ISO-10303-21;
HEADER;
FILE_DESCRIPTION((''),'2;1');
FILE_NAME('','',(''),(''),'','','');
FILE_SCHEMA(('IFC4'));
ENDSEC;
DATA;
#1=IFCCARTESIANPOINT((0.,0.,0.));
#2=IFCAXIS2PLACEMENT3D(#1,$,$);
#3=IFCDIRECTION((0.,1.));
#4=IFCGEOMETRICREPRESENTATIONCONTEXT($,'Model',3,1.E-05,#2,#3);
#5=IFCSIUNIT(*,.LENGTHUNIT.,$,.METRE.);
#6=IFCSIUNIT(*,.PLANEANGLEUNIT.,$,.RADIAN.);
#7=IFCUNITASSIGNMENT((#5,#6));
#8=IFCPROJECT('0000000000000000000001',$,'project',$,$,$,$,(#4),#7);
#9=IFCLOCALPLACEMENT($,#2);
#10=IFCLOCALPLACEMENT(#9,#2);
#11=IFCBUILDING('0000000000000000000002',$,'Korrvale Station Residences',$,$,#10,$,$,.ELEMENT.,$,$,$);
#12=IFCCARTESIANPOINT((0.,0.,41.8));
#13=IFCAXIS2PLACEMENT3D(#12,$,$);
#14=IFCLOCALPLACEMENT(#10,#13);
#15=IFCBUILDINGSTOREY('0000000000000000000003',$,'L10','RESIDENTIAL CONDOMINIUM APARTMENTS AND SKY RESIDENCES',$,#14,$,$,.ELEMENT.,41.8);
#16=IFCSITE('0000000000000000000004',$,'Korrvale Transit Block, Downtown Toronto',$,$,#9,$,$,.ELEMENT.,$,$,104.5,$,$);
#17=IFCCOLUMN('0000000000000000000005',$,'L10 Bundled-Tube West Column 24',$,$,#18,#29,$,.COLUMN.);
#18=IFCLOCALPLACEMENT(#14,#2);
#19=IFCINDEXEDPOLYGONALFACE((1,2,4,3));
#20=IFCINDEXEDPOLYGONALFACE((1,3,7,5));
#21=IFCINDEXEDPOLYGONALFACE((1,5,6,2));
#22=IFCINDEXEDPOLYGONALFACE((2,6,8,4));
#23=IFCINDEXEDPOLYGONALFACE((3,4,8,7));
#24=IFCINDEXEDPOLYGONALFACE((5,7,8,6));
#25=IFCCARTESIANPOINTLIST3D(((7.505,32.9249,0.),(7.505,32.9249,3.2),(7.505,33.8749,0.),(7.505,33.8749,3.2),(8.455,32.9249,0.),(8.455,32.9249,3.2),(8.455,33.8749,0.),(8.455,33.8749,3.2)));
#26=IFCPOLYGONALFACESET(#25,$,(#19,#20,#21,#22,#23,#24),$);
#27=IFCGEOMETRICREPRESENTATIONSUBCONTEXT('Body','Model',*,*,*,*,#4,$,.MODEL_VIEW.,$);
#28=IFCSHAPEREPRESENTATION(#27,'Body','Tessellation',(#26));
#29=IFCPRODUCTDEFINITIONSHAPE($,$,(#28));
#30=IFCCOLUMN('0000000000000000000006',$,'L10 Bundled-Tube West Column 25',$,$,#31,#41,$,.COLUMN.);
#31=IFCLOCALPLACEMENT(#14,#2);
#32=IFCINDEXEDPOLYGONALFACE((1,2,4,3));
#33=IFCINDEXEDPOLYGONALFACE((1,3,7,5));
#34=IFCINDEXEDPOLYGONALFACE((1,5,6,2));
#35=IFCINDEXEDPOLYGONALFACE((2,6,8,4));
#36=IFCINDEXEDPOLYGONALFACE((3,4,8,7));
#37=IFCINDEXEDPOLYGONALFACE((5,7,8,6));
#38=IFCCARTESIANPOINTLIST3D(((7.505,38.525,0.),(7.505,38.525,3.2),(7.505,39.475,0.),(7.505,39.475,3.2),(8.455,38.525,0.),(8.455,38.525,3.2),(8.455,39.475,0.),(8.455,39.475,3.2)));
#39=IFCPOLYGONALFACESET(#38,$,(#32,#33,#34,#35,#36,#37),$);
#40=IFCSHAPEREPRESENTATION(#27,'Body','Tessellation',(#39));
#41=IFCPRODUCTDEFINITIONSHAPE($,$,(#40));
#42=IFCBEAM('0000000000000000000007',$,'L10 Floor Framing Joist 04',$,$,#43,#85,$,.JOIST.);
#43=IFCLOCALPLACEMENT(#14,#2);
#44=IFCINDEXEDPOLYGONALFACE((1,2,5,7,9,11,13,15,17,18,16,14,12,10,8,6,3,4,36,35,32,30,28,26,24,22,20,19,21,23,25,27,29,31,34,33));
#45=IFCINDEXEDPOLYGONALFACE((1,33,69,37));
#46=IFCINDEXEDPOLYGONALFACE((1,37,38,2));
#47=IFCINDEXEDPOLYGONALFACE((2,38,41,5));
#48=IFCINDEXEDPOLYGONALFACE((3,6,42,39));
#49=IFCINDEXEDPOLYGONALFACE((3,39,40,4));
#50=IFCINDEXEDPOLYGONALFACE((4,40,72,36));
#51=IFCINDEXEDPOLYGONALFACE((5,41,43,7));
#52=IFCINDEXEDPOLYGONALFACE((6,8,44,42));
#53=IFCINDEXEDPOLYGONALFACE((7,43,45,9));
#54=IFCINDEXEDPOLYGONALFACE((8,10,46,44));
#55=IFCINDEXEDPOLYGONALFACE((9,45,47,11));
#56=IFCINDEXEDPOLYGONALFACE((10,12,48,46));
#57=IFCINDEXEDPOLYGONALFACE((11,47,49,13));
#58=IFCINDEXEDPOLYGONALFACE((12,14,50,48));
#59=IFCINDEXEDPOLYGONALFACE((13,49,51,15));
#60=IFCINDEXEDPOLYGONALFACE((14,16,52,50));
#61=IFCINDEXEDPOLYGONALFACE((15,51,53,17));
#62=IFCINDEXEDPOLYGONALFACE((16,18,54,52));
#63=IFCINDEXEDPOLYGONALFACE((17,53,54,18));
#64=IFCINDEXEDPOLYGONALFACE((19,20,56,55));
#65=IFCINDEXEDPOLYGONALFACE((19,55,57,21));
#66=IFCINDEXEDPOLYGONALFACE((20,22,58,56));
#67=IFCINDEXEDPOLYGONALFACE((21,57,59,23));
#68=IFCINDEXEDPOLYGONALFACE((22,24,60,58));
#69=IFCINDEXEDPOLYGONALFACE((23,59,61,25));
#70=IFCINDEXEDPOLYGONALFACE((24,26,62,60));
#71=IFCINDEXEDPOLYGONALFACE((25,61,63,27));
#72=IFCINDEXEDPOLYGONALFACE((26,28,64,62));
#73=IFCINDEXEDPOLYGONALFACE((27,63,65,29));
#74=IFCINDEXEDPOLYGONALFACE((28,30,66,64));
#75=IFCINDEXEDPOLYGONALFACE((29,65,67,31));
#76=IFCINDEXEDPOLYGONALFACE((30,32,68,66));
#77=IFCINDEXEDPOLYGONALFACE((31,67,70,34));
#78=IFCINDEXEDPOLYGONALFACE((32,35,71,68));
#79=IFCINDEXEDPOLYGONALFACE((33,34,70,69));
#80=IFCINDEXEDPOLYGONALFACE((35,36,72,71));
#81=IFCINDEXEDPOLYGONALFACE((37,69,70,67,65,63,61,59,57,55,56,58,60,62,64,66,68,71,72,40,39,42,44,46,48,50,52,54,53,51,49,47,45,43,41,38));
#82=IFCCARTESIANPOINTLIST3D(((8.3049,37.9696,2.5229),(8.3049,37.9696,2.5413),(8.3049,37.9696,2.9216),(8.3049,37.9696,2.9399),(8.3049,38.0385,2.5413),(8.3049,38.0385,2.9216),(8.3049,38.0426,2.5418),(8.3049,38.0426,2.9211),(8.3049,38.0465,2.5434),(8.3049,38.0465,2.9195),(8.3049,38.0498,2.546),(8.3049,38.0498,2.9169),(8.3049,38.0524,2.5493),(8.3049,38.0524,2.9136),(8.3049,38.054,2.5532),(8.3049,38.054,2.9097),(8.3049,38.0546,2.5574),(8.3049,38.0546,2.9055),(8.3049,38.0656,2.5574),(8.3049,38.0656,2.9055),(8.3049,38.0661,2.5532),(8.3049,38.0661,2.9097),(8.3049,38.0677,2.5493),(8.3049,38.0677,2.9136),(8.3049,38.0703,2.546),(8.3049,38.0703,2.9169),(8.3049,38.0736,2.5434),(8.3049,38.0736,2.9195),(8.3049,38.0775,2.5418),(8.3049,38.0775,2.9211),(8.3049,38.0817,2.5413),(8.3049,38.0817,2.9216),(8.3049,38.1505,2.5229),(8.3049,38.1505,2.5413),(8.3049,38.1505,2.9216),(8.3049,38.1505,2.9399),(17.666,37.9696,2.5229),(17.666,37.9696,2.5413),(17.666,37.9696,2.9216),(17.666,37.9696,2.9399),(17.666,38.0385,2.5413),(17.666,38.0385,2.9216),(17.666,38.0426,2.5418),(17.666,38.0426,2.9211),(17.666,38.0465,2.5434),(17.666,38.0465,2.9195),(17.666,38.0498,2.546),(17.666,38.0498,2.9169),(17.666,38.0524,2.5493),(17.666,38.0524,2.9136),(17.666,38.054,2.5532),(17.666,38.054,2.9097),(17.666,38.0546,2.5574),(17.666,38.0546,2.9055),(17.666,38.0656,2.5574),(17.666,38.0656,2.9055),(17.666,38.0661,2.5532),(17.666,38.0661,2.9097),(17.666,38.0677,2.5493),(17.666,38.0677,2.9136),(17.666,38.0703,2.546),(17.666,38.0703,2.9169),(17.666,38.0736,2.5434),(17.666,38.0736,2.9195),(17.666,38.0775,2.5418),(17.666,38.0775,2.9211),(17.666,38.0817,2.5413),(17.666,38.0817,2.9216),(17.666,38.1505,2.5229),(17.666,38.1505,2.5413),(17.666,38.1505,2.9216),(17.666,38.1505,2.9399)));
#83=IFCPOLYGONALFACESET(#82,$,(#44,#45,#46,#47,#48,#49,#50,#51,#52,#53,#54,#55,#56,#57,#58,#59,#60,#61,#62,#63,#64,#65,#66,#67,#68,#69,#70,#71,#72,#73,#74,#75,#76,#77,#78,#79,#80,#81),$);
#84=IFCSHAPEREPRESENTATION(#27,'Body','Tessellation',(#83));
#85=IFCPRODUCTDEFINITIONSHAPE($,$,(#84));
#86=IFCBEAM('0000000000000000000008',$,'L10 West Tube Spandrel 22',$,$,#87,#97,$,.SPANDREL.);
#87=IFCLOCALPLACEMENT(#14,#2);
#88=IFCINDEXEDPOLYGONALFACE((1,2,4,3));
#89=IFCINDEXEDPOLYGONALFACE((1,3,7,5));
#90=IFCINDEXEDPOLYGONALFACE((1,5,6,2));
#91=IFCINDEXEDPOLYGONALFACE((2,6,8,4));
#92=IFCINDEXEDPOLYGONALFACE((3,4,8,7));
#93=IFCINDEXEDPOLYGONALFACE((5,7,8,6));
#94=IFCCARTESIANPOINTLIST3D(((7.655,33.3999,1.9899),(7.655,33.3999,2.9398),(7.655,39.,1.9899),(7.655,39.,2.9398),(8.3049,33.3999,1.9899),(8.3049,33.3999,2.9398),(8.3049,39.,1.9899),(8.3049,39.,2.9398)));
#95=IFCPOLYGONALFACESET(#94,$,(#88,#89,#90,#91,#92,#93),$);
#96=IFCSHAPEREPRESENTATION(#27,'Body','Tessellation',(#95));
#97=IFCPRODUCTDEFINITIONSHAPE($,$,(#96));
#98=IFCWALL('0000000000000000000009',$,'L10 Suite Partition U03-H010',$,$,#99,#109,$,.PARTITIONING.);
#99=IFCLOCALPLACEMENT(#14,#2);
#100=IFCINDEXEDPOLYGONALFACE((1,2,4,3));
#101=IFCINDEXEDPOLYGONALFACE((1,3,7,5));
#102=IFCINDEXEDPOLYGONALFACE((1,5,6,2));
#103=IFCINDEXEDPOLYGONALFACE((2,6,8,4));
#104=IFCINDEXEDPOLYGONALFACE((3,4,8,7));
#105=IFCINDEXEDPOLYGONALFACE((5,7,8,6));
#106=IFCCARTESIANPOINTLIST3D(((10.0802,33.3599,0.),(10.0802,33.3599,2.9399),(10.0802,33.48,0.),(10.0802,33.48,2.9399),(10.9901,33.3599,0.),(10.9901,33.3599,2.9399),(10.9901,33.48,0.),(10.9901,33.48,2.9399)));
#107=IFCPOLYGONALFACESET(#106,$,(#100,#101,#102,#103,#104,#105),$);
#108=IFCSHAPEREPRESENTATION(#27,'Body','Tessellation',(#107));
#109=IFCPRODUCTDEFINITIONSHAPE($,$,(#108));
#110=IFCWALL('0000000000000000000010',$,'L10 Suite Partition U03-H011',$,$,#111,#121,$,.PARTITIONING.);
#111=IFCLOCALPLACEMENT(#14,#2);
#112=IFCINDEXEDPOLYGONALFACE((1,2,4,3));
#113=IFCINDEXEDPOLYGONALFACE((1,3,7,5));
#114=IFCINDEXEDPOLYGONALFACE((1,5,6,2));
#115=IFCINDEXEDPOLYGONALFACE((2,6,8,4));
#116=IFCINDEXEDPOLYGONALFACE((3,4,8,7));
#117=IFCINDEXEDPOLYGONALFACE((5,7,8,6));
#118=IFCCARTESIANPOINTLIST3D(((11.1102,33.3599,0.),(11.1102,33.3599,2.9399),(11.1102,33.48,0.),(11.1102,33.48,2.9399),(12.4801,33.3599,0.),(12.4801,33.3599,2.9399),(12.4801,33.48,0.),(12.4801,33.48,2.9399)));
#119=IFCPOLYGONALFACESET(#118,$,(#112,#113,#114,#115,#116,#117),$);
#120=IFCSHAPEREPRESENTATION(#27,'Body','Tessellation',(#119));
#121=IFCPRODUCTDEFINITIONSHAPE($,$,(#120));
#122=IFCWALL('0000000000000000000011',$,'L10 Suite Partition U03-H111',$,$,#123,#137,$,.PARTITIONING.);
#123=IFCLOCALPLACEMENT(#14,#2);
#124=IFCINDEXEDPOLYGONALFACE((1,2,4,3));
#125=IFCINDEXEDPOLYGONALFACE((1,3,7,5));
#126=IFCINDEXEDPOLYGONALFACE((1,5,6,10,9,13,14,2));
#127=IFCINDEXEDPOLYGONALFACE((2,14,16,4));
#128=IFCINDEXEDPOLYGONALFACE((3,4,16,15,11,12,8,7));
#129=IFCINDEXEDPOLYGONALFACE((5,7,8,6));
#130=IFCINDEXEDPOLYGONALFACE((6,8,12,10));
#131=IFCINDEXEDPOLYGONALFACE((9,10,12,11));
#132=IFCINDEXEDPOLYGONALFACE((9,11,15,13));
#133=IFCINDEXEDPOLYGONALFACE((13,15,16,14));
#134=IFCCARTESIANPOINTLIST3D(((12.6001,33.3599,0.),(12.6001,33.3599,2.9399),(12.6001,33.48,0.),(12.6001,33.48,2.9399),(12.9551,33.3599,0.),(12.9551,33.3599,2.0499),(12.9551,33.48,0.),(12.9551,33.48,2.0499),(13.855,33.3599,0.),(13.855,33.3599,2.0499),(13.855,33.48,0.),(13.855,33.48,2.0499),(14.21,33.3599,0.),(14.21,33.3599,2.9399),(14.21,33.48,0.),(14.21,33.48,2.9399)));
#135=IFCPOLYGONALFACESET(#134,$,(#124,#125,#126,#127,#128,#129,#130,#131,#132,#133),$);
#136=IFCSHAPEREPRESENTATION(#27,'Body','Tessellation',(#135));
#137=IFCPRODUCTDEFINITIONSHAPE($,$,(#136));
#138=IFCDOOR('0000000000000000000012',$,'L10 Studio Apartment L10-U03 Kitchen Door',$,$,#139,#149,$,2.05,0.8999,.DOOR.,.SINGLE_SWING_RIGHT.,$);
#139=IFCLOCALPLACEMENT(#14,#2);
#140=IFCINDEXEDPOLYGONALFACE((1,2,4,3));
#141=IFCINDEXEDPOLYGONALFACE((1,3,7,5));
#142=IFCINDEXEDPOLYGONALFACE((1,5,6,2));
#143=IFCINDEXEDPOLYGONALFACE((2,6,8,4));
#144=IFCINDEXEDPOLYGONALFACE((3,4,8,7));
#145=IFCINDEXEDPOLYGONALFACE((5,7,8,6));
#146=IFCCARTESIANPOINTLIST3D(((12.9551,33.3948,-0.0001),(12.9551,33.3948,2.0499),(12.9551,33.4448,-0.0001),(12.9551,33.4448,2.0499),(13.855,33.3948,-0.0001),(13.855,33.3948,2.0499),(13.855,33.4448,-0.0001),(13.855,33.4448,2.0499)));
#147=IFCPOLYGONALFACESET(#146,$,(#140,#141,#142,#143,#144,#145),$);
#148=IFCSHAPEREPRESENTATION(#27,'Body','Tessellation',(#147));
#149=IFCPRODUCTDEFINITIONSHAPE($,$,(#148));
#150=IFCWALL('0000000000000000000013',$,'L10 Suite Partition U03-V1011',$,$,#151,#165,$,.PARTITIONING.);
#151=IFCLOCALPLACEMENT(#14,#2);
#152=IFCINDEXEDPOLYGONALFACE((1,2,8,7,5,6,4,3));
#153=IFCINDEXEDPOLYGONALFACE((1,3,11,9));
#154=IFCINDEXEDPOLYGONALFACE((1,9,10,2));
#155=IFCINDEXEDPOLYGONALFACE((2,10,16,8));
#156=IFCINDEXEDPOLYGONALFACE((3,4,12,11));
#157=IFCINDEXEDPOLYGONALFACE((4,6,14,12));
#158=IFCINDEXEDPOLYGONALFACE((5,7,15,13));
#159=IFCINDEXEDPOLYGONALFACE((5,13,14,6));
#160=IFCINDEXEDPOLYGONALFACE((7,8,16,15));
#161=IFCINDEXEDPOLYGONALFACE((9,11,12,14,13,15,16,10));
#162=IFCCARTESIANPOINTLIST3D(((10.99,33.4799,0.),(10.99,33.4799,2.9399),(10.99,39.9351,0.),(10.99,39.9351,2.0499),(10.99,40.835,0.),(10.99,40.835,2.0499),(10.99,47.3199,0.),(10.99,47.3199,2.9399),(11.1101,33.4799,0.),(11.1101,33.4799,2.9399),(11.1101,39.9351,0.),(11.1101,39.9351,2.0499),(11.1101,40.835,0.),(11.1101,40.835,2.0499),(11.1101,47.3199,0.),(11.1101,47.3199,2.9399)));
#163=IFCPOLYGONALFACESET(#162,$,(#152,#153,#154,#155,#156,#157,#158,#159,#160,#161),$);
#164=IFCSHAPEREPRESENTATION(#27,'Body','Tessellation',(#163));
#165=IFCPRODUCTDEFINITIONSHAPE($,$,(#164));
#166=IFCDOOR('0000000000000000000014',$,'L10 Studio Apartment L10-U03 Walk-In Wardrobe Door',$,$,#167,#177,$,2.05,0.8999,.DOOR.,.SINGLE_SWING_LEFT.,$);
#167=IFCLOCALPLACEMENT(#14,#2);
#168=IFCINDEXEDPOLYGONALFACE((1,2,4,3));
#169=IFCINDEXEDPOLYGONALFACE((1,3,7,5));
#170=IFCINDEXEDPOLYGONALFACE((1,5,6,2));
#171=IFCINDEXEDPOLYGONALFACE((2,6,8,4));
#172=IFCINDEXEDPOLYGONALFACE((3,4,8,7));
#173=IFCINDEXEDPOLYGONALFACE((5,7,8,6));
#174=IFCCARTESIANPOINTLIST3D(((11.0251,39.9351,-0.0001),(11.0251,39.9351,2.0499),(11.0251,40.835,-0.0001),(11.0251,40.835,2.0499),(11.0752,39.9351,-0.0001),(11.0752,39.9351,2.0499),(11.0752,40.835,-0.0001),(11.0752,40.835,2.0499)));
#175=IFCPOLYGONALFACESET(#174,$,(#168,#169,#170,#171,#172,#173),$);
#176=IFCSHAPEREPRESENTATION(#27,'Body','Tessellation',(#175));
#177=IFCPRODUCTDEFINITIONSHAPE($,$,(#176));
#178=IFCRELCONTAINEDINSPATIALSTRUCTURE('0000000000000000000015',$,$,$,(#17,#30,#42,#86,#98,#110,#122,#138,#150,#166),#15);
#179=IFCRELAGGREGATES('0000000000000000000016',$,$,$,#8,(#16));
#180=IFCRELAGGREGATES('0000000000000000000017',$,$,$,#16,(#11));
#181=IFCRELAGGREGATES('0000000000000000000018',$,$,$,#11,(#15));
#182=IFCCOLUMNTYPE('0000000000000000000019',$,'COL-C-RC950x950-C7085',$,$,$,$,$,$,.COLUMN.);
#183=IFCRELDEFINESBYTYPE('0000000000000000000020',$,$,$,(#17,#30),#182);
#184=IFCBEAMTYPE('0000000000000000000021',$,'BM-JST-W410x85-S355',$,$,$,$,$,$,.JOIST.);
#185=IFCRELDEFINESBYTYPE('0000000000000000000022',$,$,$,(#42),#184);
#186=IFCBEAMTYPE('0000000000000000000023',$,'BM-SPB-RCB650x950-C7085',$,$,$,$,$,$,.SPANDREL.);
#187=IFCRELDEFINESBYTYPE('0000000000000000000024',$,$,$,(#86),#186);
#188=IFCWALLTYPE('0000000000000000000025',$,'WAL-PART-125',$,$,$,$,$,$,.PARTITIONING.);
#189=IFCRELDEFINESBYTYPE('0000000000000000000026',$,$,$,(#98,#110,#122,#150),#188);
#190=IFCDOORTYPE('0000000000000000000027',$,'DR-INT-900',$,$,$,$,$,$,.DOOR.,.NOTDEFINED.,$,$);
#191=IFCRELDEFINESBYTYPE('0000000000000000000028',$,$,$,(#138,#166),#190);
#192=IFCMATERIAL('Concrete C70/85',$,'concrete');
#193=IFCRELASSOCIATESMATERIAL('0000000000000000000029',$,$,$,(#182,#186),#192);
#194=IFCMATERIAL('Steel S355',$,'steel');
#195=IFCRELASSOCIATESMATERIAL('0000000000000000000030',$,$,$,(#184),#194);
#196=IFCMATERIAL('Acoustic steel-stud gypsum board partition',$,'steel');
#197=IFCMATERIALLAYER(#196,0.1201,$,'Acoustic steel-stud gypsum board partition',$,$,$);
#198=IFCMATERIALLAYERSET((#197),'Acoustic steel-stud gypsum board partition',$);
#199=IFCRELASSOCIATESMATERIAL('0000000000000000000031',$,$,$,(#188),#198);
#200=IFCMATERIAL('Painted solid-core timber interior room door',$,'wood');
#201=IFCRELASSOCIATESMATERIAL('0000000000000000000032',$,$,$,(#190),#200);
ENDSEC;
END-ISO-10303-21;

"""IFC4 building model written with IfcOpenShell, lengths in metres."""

from ifc_helpers import new_model, si_unit, direction, frame, frame_2d, origin, origin_2d, place, context, subcontext, project, spatial, rectangle, i_section, extrude, material, layer, layer_set, material_profile, profile_set, type_object, element, fill, save


model = new_model("IFC4")

# Units and contexts
model_context = context("Model", 3, precision=1e-05, world=origin(), true_north=direction((0.0, 1.0)))
body_context = subcontext(model_context, "Body", "Model", "MODEL_VIEW")
ifc_project = project(units=[si_unit("LENGTHUNIT", "METRE"), si_unit("PLANEANGLEUNIT", "RADIAN")], contexts=[model_context])

# Site, building, storey
site_placement = place(None, origin())
site = spatial("IfcSite", under=ifc_project, at=site_placement, Name="Korrvale Transit Block, Downtown Toronto", CompositionType="ELEMENT", RefElevation=104.5)
building_placement = place(site_placement, origin())
building = spatial("IfcBuilding", under=site, at=building_placement, Name="Korrvale Station Residences", CompositionType="ELEMENT")
storey_placement = place(building_placement, frame((0.0, 0.0, 41.8)))
storey = spatial("IfcBuildingStorey", under=building, at=storey_placement, Name="L10", Description="RESIDENTIAL CONDOMINIUM APARTMENTS AND SKY RESIDENCES", CompositionType="ELEMENT", Elevation=41.8)

# Columns
ifc_material_1 = material(Name="Concrete C70/85", Category="concrete")
ifc_material_profile_1 = material_profile(ifc_material_1, rectangle(XDim=0.95, YDim=0.95, at=origin_2d()), Name="RC950x950")
ifc_profile_set_1 = profile_set([ifc_material_profile_1], Name="Concrete C70/85")
column_type = type_object("IfcColumnType", Name="COL-C-RC950x950-C7085", PredefinedType="COLUMN", material=ifc_profile_set_1)
for number, where, z_axis, x_axis, name in (
    (1, (7.98, 33.3999, 0.0), (0.0, 0.0, 1.0), (1.0, 0.0, 0.0), "L10 Bundled-Tube West Column 24"),
    (2, (7.98, 39.0, 0.0), (0.0, 0.0, 1.0), (1.0, 0.0, 0.0), "L10 Bundled-Tube West Column 25"),
):
    element("IfcColumn", number, at=place(storey_placement, frame(where, z_axis=z_axis, x_axis=x_axis)), inside=storey, type_object=column_type, Name=name, PredefinedType="COLUMN", context=body_context, shape_type="SweptSolid", body=[
        extrude(rectangle(XDim=0.95, YDim=0.95, at=origin_2d()), origin(), (0.0, 0.0, 1.0), 3.2),
    ])

# Beams
ifc_material_2 = material(Name="Steel S355", Category="steel")
ifc_material_profile_2 = material_profile(ifc_material_2, i_section(OverallWidth=0.1809, OverallDepth=0.417, WebThickness=0.011, FlangeThickness=0.0183, FilletRadius=0.0161, at=origin_2d()), Name="W410x85")
ifc_profile_set_2 = profile_set([ifc_material_profile_2], Name="Steel S355")
beam_type_1 = type_object("IfcBeamType", Name="BM-JST-W410x85-S355", PredefinedType="JOIST", material=ifc_profile_set_2)
beam_1_placement = place(storey_placement, frame((8.3049, 38.0601, 2.7314), z_axis=(1.0, 0.0, 0.0), x_axis=(0.0, 1.0, 0.0)))
element("IfcBeam", 3, at=beam_1_placement, inside=storey, type_object=beam_type_1, Name="L10 Floor Framing Joist 04", PredefinedType="JOIST", context=body_context, shape_type="SweptSolid", body=[
    extrude(i_section(OverallWidth=0.1809, OverallDepth=0.417, WebThickness=0.011, FlangeThickness=0.0183, FilletRadius=0.0161, at=origin_2d()), origin(), (0.0, 0.0, 1.0), 9.3611),
])
ifc_material_profile_3 = material_profile(ifc_material_1, rectangle(XDim=0.6499, YDim=0.95, at=origin_2d()), Name="RCB650x950")
ifc_profile_set_3 = profile_set([ifc_material_profile_3], Name="Concrete C70/85")
beam_type_2 = type_object("IfcBeamType", Name="BM-SPB-RCB650x950-C7085", PredefinedType="SPANDREL", material=ifc_profile_set_3)
beam_2_placement = place(storey_placement, frame((7.98, 33.3999, 2.4648), z_axis=(0.0, 1.0, 0.0), x_axis=(-1.0, 0.0, 0.0)))
element("IfcBeam", 4, at=beam_2_placement, inside=storey, type_object=beam_type_2, Name="L10 West Tube Spandrel 22", PredefinedType="SPANDREL", context=body_context, shape_type="SweptSolid", body=[
    extrude(rectangle(XDim=0.6499, YDim=0.95, at=origin_2d()), origin(), (0.0, 0.0, 1.0), 5.6001),
])

# Walls
ifc_material_3 = material(Name="Acoustic steel-stud gypsum board partition", Category="steel")
ifc_layer_1 = layer(ifc_material_3, 0.1201, Name="Acoustic steel-stud gypsum board partition")
ifc_layer_set_1 = layer_set([ifc_layer_1], Name="Acoustic steel-stud gypsum board partition")
wall_type = type_object("IfcWallType", Name="WAL-PART-125", PredefinedType="PARTITIONING", material=ifc_layer_set_1)
wall_1_placement = place(storey_placement, frame((10.0801, 33.4199, 0.0), z_axis=(0.0, 0.0, 1.0), x_axis=(1.0, 0.0, 0.0)))
element("IfcWall", 5, at=wall_1_placement, inside=storey, type_object=wall_type, Name="L10 Suite Partition U03-H010", PredefinedType="PARTITIONING", context=body_context, shape_type="SweptSolid", body=[
    extrude(rectangle(XDim=0.9099, YDim=0.1201, at=frame_2d((0.4551, 0.0))), origin(), (0.0, 0.0, 1.0), 2.9399),
])
wall_2_placement = place(storey_placement, frame((11.1101, 33.4199, 0.0), z_axis=(0.0, 0.0, 1.0), x_axis=(1.0, 0.0, 0.0)))
element("IfcWall", 6, at=wall_2_placement, inside=storey, type_object=wall_type, Name="L10 Suite Partition U03-H011", PredefinedType="PARTITIONING", context=body_context, shape_type="SweptSolid", body=[
    extrude(rectangle(XDim=1.3699, YDim=0.1201, at=frame_2d((0.6851, 0.0))), origin(), (0.0, 0.0, 1.0), 2.9399),
])

# Walls, openings, doors
wall_3_placement = place(storey_placement, frame((12.6001, 33.4199, 0.0), z_axis=(0.0, 0.0, 1.0), x_axis=(1.0, 0.0, 0.0)))
wall_3 = element("IfcWall", 7, at=wall_3_placement, inside=storey, type_object=wall_type, Name="L10 Suite Partition U03-H111", PredefinedType="PARTITIONING", context=body_context, shape_type="SweptSolid", body=[
    extrude(rectangle(XDim=1.6099, YDim=0.1201, at=frame_2d((0.8049, 0.0))), origin(), (0.0, 0.0, 1.0), 2.9399),
])
opening_1_placement = place(wall_3_placement, frame((0.355, 0.0, 0.0)))
opening_1 = element("IfcOpeningElement", 8, at=opening_1_placement, cuts=wall_3, PredefinedType="OPENING", context=body_context, shape_type="SweptSolid", body=[
    extrude(rectangle(XDim=0.8999, YDim=2.05, at=frame_2d((0.45, 1.0249))), frame((0.0, 0.0701, 0.0), z_axis=(0.0, -1.0, 0.0), x_axis=(1.0, 0.0, 0.0)), (0.0, 0.0, 1.0), 0.1401),
])
ifc_material_4 = material(Name="Painted solid-core timber interior room door", Category="wood")
door_type = type_object("IfcDoorType", Name="DR-INT-900", OperationType="NOTDEFINED", PredefinedType="DOOR", material=ifc_material_4)
door_1_placement = place(opening_1_placement, origin())
door_1 = element("IfcDoor", 9, at=door_1_placement, inside=storey, type_object=door_type, Name="L10 Studio Apartment L10-U03 Kitchen Door", OperationType="SINGLE_SWING_RIGHT", OverallHeight=2.05, OverallWidth=0.8999, PredefinedType="DOOR", context=body_context, shape_type="SweptSolid", body=[
    extrude(rectangle(XDim=0.8999, YDim=2.05, at=frame_2d((0.45, 1.0249))), frame((0.0, 0.0249, 0.0), z_axis=(0.0, -1.0, 0.0), x_axis=(1.0, 0.0, 0.0)), (0.0, 0.0, 1.0), 0.05),
])
fill(opening_1, door_1)
wall_4_placement = place(storey_placement, frame((11.05, 33.48, 0.0), z_axis=(0.0, 0.0, 1.0), x_axis=(0.0, 1.0, 0.0)))
wall_4 = element("IfcWall", 10, at=wall_4_placement, inside=storey, type_object=wall_type, Name="L10 Suite Partition U03-V1011", PredefinedType="PARTITIONING", context=body_context, shape_type="SweptSolid", body=[
    extrude(rectangle(XDim=13.8401, YDim=0.1201, at=frame_2d((6.9199, 0.0))), origin(), (0.0, 0.0, 1.0), 2.9399),
])
opening_2_placement = place(wall_4_placement, frame((6.4551, 0.0, 0.0)))
opening_2 = element("IfcOpeningElement", 11, at=opening_2_placement, cuts=wall_4, PredefinedType="OPENING", context=body_context, shape_type="SweptSolid", body=[
    extrude(rectangle(XDim=0.8999, YDim=2.05, at=frame_2d((0.45, 1.0249))), frame((0.0, 0.0701, 0.0), z_axis=(0.0, -1.0, 0.0), x_axis=(1.0, 0.0, 0.0)), (0.0, 0.0, 1.0), 0.1401),
])
door_2_placement = place(opening_2_placement, origin())
door_2 = element("IfcDoor", 12, at=door_2_placement, inside=storey, type_object=door_type, Name="L10 Studio Apartment L10-U03 Walk-In Wardrobe Door", OperationType="SINGLE_SWING_LEFT", OverallHeight=2.05, OverallWidth=0.8999, PredefinedType="DOOR", context=body_context, shape_type="SweptSolid", body=[
    extrude(rectangle(XDim=0.8999, YDim=2.05, at=frame_2d((0.45, 1.0249))), frame((0.0, 0.0249, 0.0), z_axis=(0.0, -1.0, 0.0), x_axis=(1.0, 0.0, 0.0)), (0.0, 0.0, 1.0), 0.05),
])
fill(opening_2, door_2)

save(model, "model.ifc")
